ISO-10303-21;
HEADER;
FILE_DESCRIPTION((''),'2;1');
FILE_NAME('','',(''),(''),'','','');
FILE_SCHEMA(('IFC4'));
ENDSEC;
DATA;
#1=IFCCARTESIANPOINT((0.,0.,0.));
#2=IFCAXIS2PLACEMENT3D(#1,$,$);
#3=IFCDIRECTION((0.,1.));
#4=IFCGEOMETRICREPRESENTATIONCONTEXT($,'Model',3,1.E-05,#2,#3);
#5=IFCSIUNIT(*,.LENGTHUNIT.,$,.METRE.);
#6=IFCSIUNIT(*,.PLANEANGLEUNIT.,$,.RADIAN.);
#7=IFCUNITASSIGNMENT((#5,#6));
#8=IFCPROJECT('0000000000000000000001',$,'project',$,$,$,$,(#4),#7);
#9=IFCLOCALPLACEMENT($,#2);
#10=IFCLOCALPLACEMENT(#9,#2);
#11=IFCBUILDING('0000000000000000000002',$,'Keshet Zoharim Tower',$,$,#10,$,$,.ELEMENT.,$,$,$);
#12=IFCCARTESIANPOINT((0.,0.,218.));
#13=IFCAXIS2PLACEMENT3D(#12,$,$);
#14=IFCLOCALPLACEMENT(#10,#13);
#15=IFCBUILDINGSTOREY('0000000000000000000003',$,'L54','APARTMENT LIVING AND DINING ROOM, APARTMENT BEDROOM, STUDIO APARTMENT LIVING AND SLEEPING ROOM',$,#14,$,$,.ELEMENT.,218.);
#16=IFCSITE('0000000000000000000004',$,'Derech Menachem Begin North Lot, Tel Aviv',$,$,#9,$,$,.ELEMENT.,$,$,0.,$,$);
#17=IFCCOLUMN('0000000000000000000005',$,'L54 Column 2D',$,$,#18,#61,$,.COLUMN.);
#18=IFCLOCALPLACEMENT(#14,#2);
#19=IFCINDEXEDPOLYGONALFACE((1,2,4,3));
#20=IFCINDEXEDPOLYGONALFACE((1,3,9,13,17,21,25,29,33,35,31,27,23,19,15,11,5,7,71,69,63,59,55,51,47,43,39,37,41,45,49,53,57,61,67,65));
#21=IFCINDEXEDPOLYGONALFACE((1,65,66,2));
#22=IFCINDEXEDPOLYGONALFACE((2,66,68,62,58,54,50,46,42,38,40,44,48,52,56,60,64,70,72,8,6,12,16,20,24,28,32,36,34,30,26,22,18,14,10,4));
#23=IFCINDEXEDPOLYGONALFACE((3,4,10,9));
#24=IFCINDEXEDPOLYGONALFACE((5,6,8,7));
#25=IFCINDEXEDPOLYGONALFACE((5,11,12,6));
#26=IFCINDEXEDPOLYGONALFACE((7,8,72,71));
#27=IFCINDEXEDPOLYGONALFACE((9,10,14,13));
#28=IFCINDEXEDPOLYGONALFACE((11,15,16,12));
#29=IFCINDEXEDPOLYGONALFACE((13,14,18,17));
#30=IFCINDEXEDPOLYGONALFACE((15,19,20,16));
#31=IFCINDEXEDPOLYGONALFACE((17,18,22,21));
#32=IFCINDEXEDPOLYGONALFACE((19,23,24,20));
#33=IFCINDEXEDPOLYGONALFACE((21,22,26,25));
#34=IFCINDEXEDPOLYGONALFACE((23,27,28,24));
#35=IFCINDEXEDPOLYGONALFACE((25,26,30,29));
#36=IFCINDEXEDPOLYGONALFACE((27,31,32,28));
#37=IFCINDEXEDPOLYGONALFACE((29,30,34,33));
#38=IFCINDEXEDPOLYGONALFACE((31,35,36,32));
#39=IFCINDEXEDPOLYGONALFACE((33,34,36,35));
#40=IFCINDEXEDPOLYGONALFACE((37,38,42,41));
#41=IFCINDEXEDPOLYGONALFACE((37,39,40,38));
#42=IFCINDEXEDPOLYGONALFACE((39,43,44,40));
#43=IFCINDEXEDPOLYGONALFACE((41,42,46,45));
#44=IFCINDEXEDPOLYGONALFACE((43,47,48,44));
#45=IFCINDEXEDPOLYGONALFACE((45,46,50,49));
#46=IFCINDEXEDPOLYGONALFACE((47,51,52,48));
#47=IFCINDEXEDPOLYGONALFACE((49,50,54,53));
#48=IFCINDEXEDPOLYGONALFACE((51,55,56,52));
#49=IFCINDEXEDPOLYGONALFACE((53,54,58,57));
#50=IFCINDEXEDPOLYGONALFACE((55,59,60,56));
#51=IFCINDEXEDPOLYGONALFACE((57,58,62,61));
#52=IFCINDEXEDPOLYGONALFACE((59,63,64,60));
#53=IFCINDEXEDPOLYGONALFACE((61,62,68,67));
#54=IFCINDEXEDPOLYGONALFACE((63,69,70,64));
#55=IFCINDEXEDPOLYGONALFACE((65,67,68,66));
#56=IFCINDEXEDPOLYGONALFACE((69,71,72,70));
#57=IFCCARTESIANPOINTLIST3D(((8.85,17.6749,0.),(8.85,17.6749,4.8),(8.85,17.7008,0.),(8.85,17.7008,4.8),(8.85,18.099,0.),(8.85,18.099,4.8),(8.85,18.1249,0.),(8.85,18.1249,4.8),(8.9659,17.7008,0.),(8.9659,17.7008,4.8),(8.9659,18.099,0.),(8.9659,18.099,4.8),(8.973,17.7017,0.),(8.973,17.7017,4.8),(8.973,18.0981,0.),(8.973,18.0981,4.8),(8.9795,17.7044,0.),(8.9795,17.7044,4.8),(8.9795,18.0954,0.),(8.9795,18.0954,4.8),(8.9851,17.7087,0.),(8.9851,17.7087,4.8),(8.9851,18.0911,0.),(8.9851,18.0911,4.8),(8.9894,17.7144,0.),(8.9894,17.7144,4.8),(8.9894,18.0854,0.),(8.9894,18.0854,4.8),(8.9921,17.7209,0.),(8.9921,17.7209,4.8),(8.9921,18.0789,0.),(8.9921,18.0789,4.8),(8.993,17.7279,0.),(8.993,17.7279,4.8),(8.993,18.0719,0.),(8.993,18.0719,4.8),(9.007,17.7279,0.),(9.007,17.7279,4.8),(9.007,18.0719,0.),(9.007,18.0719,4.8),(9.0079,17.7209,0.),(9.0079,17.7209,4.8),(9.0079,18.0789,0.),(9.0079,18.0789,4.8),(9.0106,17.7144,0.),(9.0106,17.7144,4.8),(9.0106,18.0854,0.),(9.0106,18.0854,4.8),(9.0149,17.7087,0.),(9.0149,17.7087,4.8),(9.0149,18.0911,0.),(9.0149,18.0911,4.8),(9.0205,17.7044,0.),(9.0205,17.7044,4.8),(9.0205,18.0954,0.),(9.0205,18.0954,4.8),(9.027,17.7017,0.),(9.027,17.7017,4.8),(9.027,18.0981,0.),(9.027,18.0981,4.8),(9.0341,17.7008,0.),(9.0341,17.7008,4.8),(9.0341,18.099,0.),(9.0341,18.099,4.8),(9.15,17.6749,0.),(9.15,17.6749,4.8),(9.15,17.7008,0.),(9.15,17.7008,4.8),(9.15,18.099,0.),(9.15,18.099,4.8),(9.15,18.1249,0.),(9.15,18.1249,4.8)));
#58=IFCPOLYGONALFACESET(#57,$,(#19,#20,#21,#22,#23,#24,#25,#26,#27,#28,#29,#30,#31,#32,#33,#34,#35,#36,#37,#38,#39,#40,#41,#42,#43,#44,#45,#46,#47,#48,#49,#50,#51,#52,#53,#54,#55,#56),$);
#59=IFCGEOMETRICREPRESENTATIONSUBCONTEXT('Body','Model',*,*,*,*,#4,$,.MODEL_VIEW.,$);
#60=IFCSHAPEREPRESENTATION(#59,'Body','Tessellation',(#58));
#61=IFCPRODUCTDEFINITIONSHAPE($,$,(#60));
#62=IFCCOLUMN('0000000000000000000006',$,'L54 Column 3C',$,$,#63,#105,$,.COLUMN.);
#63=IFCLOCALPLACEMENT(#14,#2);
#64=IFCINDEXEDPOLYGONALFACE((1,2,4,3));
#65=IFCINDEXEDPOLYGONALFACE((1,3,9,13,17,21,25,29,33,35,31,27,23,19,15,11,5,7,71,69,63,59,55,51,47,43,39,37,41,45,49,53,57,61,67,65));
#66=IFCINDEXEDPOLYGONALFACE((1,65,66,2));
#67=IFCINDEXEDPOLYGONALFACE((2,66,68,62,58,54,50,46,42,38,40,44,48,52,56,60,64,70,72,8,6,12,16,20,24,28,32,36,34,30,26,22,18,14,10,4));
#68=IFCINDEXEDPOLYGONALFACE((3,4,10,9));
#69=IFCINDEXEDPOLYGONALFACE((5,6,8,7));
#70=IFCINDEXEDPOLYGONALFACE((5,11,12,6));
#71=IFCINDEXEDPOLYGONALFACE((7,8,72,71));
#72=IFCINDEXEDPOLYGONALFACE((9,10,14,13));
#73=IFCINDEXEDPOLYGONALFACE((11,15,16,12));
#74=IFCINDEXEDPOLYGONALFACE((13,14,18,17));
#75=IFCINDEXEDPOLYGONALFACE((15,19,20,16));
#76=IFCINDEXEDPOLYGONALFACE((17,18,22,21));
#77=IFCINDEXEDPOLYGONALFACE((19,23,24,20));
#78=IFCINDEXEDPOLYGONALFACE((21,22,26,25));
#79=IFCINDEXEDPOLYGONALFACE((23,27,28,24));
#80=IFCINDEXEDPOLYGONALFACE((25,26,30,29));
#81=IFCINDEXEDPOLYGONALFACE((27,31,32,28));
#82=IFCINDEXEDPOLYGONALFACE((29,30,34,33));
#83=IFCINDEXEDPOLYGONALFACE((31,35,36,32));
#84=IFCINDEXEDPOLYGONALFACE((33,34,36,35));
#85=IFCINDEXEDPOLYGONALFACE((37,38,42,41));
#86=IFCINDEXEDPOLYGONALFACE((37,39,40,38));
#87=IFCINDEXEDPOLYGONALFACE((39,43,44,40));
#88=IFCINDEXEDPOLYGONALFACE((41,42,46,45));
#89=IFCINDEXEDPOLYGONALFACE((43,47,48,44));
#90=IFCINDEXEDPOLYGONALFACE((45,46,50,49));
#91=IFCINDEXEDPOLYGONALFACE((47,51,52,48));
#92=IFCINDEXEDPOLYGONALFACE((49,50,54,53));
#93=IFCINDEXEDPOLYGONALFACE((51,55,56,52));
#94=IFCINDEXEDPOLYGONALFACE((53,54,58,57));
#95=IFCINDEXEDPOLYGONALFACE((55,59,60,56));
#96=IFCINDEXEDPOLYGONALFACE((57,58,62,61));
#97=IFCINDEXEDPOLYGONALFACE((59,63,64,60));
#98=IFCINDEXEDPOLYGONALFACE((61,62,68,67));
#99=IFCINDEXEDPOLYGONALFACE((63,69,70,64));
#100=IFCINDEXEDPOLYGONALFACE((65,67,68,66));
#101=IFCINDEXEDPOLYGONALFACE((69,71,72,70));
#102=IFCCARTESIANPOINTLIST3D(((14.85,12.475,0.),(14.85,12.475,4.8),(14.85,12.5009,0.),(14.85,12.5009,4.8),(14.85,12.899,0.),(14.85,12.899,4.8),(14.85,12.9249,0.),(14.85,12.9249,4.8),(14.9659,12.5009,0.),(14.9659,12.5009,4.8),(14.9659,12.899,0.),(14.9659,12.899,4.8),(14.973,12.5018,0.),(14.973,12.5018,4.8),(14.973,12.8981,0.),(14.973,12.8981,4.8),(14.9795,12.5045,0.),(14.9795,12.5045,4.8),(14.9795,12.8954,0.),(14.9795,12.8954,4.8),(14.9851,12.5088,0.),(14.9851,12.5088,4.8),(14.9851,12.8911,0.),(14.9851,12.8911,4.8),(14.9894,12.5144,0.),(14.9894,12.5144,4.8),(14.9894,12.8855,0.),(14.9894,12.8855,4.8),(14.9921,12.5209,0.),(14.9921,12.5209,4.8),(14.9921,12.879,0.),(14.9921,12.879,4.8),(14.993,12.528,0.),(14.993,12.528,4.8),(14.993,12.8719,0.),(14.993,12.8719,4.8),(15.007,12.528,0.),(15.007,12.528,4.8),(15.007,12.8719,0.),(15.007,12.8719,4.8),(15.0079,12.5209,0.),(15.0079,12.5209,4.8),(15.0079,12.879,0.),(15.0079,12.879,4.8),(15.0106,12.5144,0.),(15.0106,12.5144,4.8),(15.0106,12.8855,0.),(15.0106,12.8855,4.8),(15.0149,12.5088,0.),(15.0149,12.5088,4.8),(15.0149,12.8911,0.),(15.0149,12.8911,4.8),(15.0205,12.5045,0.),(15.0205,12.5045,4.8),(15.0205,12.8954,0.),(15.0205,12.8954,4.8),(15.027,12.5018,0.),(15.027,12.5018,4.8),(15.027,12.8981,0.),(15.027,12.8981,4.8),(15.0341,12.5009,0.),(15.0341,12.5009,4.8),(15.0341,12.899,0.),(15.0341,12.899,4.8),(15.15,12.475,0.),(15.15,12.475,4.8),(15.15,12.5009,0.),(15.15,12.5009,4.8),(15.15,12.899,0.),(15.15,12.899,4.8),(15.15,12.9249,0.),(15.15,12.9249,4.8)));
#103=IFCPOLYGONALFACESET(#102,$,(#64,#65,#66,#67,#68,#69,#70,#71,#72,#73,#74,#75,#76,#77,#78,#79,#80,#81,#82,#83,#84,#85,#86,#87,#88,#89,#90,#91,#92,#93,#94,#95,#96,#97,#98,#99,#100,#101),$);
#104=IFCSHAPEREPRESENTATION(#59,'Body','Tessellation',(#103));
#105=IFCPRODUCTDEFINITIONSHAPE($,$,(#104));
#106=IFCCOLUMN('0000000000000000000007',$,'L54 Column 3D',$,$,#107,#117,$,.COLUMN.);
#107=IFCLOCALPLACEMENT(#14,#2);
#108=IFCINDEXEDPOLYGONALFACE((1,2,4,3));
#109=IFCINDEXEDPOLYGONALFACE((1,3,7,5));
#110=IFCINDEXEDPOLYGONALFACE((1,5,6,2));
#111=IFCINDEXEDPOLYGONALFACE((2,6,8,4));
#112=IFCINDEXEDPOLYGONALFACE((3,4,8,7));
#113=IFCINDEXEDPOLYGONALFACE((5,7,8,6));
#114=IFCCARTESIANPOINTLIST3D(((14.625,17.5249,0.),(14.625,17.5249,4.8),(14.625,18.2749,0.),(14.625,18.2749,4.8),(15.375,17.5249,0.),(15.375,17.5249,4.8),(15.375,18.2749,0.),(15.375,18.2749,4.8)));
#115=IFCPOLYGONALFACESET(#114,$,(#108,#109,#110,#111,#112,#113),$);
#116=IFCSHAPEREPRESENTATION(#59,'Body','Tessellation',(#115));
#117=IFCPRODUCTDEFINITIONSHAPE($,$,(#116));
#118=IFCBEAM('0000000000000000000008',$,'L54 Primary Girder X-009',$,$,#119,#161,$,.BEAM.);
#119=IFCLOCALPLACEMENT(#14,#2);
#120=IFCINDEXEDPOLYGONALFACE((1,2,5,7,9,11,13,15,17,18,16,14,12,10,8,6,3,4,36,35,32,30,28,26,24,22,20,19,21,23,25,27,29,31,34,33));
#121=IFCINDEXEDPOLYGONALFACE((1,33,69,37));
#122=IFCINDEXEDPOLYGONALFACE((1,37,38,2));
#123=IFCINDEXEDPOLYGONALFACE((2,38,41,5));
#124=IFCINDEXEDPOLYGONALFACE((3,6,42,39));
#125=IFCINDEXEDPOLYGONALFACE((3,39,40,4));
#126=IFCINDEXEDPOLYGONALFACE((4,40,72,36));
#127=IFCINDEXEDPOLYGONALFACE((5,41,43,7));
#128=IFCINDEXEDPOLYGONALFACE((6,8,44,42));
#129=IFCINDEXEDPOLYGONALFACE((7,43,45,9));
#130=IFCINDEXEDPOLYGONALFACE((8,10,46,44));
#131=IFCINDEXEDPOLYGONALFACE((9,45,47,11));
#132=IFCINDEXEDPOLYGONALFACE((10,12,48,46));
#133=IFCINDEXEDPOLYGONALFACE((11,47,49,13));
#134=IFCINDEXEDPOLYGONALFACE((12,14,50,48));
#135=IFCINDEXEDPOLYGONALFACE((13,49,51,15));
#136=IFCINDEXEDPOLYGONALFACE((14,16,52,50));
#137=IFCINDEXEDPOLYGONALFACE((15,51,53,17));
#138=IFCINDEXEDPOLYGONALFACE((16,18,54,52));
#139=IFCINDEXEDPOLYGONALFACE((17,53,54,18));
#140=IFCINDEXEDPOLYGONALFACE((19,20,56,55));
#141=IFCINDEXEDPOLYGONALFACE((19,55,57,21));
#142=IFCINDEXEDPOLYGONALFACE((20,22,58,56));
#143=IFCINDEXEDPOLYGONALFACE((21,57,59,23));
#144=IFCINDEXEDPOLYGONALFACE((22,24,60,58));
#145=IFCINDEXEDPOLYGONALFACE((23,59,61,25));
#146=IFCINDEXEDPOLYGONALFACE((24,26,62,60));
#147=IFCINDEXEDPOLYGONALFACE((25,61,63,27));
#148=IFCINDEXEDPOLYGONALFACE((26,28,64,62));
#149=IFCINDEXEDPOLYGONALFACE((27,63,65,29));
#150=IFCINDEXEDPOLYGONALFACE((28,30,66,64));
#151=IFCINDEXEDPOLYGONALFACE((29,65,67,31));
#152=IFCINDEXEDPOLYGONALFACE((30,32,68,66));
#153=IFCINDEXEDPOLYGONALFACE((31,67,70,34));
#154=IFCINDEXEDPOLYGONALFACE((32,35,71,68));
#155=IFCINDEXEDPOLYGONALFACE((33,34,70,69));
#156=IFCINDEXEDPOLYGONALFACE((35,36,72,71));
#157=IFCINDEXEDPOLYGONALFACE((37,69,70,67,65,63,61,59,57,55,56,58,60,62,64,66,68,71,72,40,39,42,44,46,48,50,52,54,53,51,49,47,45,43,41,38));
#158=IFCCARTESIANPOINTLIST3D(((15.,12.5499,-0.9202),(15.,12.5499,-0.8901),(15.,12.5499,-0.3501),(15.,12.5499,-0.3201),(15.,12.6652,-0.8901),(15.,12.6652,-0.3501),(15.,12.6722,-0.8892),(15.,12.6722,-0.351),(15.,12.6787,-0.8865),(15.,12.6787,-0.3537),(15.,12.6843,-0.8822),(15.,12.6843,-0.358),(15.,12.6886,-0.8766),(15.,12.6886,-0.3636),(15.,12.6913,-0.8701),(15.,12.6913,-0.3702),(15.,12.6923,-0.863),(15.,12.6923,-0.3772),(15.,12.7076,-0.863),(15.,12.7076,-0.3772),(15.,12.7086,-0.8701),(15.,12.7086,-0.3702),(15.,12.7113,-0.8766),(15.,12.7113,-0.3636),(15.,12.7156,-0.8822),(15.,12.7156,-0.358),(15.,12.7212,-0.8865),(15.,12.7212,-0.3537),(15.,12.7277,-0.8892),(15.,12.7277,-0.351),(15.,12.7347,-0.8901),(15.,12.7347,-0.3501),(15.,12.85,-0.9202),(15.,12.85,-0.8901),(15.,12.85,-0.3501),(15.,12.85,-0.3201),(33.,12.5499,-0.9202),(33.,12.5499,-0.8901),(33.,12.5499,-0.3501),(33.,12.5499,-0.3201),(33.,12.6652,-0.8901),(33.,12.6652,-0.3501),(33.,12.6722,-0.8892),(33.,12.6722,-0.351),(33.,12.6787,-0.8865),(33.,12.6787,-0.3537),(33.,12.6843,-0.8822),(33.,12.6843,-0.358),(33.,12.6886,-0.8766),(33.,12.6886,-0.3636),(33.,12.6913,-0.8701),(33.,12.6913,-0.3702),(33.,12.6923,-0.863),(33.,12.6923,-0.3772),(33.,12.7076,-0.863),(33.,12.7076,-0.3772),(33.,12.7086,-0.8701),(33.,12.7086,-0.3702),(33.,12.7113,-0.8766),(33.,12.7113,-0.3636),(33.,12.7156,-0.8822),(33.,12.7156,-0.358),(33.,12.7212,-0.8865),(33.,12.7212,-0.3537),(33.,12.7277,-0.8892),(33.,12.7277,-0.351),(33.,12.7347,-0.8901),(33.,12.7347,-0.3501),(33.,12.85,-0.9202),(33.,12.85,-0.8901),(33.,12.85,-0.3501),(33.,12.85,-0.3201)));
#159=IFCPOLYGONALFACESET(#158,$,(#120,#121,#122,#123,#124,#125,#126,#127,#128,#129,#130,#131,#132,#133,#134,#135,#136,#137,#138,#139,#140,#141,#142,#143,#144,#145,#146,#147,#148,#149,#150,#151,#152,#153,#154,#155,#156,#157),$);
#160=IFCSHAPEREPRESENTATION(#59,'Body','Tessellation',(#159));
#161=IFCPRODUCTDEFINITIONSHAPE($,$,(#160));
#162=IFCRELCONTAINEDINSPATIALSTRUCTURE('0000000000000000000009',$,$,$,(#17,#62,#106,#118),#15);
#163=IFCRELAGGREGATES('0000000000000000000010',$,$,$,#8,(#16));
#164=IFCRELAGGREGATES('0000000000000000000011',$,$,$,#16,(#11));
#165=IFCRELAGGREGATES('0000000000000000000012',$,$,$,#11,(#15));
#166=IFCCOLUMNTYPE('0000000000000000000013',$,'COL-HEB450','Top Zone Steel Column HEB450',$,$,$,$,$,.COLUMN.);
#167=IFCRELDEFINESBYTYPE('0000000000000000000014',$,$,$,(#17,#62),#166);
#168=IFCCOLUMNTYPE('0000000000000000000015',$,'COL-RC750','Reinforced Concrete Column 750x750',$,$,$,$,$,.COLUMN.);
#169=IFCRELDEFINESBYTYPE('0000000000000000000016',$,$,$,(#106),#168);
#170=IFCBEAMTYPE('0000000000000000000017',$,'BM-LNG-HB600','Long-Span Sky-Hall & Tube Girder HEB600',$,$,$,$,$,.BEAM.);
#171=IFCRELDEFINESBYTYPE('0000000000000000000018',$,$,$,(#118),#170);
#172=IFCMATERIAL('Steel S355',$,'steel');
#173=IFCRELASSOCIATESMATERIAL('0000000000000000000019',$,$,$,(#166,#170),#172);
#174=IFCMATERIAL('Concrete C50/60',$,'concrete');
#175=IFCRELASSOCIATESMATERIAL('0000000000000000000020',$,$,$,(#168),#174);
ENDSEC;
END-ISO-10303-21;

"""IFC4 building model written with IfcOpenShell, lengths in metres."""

from ifc_helpers import new_model, si_unit, direction, frame, origin, origin_2d, place, context, subcontext, project, spatial, rectangle, i_section, extrude, material, material_profile, profile_set, type_object, element, save


model = new_model("IFC4")

# Units and contexts
model_context = context("Model", 3, precision=1e-05, world=origin(), true_north=direction((0.0, 1.0)))
body_context = subcontext(model_context, "Body", "Model", "MODEL_VIEW")
ifc_project = project(units=[si_unit("LENGTHUNIT", "METRE"), si_unit("PLANEANGLEUNIT", "RADIAN")], contexts=[model_context])

# Site, building, storey
site_placement = place(None, origin())
site = spatial("IfcSite", under=ifc_project, at=site_placement, Name="Derech Menachem Begin North Lot, Tel Aviv", CompositionType="ELEMENT", RefElevation=0.0)
building_placement = place(site_placement, origin())
building = spatial("IfcBuilding", under=site, at=building_placement, Name="Keshet Zoharim Tower", CompositionType="ELEMENT")
storey_placement = place(building_placement, frame((0.0, 0.0, 218.0)))
storey = spatial("IfcBuildingStorey", under=building, at=storey_placement, Name="L54", Description="APARTMENT LIVING AND DINING ROOM, APARTMENT BEDROOM, STUDIO APARTMENT LIVING AND SLEEPING ROOM", CompositionType="ELEMENT", Elevation=218.0)

# Columns
ifc_material_1 = material(Name="Steel S355", Category="steel")
ifc_material_profile_1 = material_profile(ifc_material_1, i_section(OverallWidth=0.3, OverallDepth=0.45, WebThickness=0.0139, FlangeThickness=0.0259, FilletRadius=0.0271, at=origin_2d()), Name="HEB450")
ifc_profile_set_1 = profile_set([ifc_material_profile_1], Name="Steel S355")
column_type_1 = type_object("IfcColumnType", Name="COL-HEB450", Description="Top Zone Steel Column HEB450", PredefinedType="COLUMN", material=ifc_profile_set_1)
for number, where, z_axis, x_axis, name in (
    (1, (9.0, 17.8999, 0.0), (0.0, 0.0, 1.0), (1.0, 0.0, 0.0), "L54 Column 2D"),
    (2, (15.0, 12.7, 0.0), (0.0, 0.0, 1.0), (1.0, 0.0, 0.0), "L54 Column 3C"),
):
    element("IfcColumn", number, at=place(storey_placement, frame(where, z_axis=z_axis, x_axis=x_axis)), inside=storey, type_object=column_type_1, Name=name, PredefinedType="COLUMN", context=body_context, shape_type="SweptSolid", body=[
        extrude(i_section(OverallWidth=0.3, OverallDepth=0.45, WebThickness=0.0139, FlangeThickness=0.0259, FilletRadius=0.0271, at=origin_2d()), origin(), (0.0, 0.0, 1.0), 4.8),
    ])
ifc_material_2 = material(Name="Concrete C50/60", Category="concrete")
ifc_material_profile_2 = material_profile(ifc_material_2, rectangle(XDim=0.75, YDim=0.75, at=origin_2d()), Name="RC750x750")
ifc_profile_set_2 = profile_set([ifc_material_profile_2], Name="Concrete C50/60")
column_type_2 = type_object("IfcColumnType", Name="COL-RC750", Description="Reinforced Concrete Column 750x750", PredefinedType="COLUMN", material=ifc_profile_set_2)
column_placement = place(storey_placement, frame((15.0, 17.8999, 0.0), z_axis=(0.0, 0.0, 1.0), x_axis=(1.0, 0.0, 0.0)))
element("IfcColumn", 3, at=column_placement, inside=storey, type_object=column_type_2, Name="L54 Column 3D", PredefinedType="COLUMN", context=body_context, shape_type="SweptSolid", body=[
    extrude(rectangle(XDim=0.75, YDim=0.75, at=origin_2d()), origin(), (0.0, 0.0, 1.0), 4.8),
])

# Beam
ifc_material_profile_3 = material_profile(ifc_material_1, i_section(OverallWidth=0.3, OverallDepth=0.6001, WebThickness=0.0154, FlangeThickness=0.03, FilletRadius=0.0271, at=origin_2d()), Name="HEB600")
ifc_profile_set_3 = profile_set([ifc_material_profile_3], Name="Steel S355")
beam_type_1 = type_object("IfcBeamType", Name="BM-LNG-HB600", Description="Long-Span Sky-Hall & Tube Girder HEB600", PredefinedType="BEAM", material=ifc_profile_set_3)
for number, where, z_axis, x_axis, name in (
    (4, (15.0, 12.7, -0.6201), (1.0, 0.0, 0.0), (0.0, 1.0, 0.0), "L54 Primary Girder X-009"),
):
    element("IfcBeam", number, at=place(storey_placement, frame(where, z_axis=z_axis, x_axis=x_axis)), inside=storey, type_object=beam_type_1, Name=name, PredefinedType="BEAM", context=body_context, shape_type="SweptSolid", body=[
        extrude(i_section(OverallWidth=0.3, OverallDepth=0.6001, WebThickness=0.0154, FlangeThickness=0.03, FilletRadius=0.0271, at=origin_2d()), origin(), (0.0, 0.0, 1.0), 18.0),
    ])

save(model, "model.ifc")
